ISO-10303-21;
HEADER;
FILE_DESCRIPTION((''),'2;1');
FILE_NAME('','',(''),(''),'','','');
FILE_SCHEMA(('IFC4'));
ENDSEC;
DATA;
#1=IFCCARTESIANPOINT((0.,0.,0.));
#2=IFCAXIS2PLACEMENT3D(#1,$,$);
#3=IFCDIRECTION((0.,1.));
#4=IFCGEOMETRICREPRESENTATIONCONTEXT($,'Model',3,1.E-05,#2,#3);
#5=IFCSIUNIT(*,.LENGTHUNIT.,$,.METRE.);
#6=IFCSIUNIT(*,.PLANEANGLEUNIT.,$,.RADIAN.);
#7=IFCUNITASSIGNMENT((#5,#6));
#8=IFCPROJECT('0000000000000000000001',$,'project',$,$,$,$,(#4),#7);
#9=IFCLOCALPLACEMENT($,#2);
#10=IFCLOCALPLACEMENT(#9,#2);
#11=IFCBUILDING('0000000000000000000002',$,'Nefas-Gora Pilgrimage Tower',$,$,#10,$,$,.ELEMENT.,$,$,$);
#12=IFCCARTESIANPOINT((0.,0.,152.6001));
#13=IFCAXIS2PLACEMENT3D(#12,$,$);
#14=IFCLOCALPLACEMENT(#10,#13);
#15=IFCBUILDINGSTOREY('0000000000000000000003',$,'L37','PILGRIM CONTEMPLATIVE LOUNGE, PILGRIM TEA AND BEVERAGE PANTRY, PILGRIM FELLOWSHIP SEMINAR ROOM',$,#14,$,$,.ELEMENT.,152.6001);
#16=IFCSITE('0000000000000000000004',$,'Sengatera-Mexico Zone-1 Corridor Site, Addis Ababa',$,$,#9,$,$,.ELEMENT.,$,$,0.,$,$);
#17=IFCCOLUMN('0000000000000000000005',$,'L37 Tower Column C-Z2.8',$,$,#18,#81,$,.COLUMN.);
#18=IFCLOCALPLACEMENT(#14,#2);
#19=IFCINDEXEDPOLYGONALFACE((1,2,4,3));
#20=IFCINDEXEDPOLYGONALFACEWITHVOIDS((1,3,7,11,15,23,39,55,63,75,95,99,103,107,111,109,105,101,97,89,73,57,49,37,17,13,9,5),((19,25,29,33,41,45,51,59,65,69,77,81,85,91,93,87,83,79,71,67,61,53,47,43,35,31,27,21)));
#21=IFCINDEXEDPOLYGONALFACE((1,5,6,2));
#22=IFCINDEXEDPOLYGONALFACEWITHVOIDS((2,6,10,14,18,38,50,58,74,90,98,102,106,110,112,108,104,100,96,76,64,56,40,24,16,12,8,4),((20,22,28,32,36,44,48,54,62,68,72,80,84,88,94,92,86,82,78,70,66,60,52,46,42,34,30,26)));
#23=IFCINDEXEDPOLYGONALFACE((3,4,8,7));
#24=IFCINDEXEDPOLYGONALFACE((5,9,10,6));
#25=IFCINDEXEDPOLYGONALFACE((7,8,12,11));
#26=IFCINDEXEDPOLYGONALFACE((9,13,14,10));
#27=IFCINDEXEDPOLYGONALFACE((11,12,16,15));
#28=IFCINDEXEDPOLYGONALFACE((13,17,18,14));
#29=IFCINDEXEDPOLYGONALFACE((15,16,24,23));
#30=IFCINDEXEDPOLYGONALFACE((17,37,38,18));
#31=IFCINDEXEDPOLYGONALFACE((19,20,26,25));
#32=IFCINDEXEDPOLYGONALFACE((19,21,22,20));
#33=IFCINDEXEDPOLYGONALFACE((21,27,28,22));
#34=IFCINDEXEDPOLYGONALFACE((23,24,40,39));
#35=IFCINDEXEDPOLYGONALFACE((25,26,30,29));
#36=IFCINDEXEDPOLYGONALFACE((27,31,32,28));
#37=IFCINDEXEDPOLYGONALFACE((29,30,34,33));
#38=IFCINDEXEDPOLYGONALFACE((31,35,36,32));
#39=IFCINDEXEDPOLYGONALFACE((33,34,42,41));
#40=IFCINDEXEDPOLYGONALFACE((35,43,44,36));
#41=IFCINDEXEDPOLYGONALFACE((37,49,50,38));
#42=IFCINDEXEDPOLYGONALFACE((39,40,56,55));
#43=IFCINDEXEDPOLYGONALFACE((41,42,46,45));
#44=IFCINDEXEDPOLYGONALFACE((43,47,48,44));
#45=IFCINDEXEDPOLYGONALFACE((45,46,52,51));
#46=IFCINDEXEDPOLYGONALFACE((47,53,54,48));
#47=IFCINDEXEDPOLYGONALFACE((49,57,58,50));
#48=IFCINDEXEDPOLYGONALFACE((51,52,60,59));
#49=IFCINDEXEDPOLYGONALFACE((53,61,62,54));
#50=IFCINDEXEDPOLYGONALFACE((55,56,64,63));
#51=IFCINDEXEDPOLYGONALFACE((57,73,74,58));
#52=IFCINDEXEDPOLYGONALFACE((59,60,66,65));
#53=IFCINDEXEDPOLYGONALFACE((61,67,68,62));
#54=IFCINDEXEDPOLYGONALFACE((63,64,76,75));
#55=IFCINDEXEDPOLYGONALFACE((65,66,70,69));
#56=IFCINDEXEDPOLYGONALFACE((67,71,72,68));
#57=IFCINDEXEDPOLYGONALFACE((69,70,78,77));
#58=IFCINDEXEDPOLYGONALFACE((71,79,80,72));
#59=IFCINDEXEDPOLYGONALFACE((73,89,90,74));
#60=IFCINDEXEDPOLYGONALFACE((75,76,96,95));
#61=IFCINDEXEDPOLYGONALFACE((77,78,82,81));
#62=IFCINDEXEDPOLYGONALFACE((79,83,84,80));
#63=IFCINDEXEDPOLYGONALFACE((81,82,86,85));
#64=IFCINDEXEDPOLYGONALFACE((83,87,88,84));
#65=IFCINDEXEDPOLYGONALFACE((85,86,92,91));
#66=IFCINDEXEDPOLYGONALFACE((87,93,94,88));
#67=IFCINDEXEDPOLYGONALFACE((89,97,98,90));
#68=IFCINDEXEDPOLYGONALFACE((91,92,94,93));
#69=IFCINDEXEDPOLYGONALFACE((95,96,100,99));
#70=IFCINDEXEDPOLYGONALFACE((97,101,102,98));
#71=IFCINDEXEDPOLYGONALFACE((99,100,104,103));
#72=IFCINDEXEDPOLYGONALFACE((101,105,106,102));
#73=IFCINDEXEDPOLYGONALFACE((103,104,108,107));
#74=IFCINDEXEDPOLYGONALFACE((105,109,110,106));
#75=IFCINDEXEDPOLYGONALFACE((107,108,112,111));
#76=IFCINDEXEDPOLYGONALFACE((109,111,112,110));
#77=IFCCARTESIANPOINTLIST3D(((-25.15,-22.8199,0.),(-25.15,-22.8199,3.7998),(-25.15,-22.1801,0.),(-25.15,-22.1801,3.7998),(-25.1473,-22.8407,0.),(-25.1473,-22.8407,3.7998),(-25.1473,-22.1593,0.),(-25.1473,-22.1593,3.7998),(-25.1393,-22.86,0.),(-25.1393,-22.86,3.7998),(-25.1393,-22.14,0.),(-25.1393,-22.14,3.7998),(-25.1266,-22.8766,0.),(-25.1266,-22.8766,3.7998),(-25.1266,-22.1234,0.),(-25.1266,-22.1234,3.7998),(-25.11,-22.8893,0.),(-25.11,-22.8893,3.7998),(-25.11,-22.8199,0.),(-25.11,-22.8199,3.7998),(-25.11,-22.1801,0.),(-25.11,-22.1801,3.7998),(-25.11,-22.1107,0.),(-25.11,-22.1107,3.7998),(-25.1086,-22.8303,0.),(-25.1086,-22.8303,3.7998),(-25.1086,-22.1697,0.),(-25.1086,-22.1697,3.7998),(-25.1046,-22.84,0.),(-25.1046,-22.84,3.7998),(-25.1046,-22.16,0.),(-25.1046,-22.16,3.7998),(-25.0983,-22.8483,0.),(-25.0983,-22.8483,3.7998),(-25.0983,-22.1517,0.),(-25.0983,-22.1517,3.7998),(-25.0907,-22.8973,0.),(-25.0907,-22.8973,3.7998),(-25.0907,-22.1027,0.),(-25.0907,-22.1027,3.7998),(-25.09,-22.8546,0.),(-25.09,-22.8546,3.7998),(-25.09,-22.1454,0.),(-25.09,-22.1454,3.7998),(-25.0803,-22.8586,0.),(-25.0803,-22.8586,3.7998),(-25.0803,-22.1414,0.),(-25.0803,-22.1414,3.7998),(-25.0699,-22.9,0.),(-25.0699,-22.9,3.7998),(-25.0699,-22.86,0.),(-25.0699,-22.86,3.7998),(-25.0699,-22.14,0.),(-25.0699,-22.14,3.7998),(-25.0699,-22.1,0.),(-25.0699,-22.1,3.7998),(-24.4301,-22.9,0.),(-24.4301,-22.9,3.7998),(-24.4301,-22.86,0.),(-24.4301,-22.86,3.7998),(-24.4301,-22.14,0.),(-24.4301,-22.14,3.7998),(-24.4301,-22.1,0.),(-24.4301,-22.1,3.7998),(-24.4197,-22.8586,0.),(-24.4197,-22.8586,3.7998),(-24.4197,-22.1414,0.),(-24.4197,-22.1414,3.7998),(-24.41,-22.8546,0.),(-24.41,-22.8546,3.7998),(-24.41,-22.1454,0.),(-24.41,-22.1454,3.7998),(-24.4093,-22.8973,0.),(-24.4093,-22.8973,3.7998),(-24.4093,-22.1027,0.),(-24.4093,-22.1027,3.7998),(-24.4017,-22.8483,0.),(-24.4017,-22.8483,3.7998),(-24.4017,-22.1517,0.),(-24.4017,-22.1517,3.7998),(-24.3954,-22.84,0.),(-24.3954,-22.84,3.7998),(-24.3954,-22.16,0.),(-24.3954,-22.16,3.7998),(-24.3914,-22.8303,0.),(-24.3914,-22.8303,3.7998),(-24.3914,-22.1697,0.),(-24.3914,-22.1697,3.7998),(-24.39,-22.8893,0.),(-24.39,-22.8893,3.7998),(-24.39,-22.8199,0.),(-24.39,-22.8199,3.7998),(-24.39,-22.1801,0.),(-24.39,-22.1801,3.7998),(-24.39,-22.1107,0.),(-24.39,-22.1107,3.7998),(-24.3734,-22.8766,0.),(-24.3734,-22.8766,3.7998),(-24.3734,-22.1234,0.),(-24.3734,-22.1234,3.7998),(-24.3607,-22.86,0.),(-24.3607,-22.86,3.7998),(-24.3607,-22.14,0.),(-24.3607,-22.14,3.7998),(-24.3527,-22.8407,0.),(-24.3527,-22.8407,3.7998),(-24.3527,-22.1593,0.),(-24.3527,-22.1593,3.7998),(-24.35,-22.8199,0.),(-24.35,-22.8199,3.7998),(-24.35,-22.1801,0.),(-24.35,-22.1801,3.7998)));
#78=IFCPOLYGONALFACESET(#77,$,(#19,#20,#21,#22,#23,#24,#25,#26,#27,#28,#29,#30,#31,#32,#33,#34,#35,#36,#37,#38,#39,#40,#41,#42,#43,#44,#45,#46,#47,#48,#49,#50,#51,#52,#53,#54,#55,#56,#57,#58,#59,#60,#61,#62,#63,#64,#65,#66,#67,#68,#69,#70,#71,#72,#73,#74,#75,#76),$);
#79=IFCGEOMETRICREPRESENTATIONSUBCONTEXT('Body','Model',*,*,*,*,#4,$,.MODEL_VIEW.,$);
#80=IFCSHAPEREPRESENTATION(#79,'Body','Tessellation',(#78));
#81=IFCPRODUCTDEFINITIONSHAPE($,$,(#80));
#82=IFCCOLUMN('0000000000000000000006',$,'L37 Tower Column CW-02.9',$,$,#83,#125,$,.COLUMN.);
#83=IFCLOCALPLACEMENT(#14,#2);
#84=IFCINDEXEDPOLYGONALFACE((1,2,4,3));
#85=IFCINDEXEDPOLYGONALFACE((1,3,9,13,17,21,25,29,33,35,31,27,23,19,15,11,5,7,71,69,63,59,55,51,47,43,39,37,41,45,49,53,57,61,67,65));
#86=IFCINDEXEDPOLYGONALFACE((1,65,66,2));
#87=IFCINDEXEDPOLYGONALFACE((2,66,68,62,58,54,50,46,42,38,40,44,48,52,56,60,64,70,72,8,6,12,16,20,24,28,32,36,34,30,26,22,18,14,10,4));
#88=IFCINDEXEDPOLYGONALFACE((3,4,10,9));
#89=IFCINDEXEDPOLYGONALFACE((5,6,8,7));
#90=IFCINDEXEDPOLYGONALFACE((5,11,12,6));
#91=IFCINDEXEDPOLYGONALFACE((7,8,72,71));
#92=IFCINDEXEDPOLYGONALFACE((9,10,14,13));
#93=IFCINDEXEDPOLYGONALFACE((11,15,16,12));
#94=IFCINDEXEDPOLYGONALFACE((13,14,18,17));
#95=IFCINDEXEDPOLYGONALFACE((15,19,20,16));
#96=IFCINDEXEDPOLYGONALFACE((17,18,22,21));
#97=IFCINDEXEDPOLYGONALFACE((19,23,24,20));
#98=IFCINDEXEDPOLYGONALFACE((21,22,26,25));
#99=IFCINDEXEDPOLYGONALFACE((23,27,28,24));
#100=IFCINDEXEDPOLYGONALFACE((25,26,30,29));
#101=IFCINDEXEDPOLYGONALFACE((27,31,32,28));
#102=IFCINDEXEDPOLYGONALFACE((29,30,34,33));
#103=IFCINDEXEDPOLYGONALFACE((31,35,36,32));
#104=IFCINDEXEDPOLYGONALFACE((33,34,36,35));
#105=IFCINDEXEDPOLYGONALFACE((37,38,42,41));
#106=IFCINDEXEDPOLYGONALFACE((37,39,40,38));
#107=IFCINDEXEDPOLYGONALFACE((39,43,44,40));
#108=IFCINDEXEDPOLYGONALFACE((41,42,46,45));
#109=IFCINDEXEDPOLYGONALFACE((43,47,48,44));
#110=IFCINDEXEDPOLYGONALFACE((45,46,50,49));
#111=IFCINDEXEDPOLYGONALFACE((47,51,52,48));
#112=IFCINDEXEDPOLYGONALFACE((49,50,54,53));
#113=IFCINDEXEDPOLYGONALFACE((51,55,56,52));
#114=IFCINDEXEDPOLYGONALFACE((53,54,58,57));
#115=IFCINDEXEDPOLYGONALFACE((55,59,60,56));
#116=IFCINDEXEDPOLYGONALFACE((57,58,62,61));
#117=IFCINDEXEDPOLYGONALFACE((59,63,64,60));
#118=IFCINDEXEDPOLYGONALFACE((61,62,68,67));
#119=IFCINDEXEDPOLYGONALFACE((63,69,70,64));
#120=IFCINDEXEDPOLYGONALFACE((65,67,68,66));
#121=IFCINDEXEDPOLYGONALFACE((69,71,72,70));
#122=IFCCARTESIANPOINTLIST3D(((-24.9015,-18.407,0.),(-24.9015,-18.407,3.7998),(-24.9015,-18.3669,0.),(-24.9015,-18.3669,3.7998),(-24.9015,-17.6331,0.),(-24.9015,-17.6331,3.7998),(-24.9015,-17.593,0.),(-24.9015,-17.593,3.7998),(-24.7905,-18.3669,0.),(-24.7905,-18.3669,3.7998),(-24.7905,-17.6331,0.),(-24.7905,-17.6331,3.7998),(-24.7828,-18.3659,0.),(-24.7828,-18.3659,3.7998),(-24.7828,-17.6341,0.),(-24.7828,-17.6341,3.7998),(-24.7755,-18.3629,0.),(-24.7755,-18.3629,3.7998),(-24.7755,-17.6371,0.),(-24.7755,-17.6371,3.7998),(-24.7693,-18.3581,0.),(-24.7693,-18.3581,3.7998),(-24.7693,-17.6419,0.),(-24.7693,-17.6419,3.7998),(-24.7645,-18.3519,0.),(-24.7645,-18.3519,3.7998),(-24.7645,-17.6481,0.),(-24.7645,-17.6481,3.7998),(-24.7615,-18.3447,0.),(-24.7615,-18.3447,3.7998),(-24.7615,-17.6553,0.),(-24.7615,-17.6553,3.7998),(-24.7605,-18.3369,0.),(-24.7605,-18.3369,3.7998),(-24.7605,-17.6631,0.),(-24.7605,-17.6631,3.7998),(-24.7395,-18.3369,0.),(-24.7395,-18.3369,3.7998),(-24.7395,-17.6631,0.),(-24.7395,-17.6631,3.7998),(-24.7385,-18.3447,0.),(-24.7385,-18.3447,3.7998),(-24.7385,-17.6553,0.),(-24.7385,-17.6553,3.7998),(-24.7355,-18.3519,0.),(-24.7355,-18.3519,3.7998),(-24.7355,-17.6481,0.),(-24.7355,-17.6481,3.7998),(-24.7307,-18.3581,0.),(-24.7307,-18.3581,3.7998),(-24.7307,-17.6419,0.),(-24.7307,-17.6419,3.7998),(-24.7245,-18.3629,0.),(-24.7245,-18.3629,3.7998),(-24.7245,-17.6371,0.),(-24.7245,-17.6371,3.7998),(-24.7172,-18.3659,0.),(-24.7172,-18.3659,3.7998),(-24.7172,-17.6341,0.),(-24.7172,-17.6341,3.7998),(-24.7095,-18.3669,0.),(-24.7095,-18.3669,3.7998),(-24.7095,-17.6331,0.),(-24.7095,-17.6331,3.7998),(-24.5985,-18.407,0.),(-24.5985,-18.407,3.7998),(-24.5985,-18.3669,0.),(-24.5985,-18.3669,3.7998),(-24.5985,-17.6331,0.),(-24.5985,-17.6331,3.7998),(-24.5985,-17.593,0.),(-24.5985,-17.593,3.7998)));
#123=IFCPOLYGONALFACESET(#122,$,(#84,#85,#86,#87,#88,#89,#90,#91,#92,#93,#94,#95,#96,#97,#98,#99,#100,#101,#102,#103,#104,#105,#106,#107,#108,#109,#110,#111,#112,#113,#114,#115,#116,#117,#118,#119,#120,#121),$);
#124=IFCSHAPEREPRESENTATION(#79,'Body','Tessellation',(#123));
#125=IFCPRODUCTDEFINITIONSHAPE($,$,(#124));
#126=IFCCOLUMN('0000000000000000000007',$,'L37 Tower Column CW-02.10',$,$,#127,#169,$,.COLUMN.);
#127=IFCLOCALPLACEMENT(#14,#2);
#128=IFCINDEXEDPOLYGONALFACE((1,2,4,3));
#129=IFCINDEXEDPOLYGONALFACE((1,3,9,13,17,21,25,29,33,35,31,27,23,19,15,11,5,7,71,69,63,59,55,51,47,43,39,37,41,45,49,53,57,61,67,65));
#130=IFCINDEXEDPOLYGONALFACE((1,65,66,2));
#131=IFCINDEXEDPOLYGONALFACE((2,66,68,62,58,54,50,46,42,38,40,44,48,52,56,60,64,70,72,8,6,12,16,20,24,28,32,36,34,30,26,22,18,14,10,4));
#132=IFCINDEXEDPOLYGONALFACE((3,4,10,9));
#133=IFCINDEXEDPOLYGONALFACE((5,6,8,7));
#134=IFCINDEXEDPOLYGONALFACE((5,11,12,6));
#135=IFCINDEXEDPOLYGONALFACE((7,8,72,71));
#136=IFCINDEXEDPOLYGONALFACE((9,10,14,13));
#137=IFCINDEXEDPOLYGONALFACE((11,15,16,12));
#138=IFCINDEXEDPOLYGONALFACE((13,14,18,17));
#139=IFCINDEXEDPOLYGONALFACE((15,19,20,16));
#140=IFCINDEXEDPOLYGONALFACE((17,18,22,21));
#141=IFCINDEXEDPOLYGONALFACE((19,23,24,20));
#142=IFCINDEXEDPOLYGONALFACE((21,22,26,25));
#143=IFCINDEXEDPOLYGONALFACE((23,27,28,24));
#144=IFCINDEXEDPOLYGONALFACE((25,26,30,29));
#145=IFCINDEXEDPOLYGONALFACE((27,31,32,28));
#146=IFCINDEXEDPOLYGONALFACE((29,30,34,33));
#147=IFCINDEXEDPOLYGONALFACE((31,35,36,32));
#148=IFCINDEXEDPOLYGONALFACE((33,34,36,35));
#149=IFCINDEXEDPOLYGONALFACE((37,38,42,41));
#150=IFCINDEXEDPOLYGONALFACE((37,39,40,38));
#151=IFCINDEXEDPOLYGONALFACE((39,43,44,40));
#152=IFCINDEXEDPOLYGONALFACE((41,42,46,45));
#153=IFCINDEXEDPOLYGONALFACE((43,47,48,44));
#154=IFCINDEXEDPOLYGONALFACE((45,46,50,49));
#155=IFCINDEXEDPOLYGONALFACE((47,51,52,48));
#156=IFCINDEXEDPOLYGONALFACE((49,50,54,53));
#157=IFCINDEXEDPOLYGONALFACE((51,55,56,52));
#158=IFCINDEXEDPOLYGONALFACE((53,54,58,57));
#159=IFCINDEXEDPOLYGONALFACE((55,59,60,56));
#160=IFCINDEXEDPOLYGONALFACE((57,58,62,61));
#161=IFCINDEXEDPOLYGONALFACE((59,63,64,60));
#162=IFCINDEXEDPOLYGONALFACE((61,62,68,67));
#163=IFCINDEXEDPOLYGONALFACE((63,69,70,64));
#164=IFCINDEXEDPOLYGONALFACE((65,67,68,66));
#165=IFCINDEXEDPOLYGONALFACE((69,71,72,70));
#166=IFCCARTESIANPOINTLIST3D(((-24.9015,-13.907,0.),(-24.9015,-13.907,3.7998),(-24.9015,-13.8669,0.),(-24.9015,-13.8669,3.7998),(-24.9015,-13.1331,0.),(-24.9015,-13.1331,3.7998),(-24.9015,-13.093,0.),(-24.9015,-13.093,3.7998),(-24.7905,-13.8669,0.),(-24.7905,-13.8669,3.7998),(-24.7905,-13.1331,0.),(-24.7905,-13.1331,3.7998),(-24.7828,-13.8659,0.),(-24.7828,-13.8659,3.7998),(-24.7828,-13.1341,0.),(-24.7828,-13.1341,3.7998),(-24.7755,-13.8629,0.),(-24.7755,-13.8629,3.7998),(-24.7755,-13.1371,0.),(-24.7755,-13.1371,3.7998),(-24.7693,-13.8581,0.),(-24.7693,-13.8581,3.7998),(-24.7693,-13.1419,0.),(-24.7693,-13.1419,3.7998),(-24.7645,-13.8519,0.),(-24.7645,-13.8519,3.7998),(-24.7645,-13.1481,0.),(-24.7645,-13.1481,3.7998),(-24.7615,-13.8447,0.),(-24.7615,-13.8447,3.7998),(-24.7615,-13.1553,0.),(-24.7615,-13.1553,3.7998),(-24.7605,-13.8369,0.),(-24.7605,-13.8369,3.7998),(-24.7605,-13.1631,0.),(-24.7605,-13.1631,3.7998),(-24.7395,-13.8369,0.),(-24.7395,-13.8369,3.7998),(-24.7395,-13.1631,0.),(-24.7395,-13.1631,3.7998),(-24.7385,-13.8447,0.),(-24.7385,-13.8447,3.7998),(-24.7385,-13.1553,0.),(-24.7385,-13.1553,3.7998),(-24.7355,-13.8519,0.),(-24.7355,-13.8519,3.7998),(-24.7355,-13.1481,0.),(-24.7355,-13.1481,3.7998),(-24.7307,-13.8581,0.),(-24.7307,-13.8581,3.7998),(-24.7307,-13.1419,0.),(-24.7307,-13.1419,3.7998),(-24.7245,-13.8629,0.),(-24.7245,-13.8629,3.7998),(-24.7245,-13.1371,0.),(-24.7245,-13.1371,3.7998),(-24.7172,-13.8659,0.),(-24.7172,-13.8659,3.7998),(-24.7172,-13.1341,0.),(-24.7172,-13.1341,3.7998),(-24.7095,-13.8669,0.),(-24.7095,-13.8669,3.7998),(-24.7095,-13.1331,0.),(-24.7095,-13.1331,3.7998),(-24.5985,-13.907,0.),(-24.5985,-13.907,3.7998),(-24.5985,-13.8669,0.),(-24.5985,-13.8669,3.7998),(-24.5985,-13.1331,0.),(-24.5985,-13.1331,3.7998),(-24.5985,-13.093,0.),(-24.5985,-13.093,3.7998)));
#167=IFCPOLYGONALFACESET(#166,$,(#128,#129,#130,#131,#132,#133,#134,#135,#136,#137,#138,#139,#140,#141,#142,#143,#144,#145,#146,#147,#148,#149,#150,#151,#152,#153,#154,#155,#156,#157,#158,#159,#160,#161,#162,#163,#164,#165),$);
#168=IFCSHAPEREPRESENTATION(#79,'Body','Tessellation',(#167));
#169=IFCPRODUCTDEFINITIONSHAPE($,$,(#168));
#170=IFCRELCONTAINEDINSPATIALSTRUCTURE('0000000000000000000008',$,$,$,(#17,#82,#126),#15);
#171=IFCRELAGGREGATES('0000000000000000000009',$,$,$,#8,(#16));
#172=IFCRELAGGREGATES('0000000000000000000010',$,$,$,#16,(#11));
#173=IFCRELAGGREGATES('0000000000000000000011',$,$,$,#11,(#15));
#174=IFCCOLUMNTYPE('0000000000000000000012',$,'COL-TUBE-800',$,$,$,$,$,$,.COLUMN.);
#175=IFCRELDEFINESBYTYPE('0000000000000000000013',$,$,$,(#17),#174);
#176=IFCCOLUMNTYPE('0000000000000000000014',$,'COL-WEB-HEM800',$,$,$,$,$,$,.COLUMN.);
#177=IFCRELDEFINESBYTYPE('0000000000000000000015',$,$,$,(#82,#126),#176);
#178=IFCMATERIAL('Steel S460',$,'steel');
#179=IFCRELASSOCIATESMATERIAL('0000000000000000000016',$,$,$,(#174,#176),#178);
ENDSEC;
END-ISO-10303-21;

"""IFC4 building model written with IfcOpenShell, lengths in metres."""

from ifc_helpers import new_model, si_unit, direction, frame, origin, origin_2d, place, context, subcontext, project, spatial, hollow_rectangle, i_section, extrude, source, transform, mapped, material, material_profile, profile_set, type_object, element, save


model = new_model("IFC4")

# Units and contexts
model_context = context("Model", 3, precision=1e-05, world=origin(), true_north=direction((0.0, 1.0)))
body_context = subcontext(model_context, "Body", "Model", "MODEL_VIEW")
ifc_project = project(units=[si_unit("LENGTHUNIT", "METRE"), si_unit("PLANEANGLEUNIT", "RADIAN")], contexts=[model_context])

# Site, building, storey
site_placement = place(None, origin())
site = spatial("IfcSite", under=ifc_project, at=site_placement, Name="Sengatera-Mexico Zone-1 Corridor Site, Addis Ababa", CompositionType="ELEMENT", RefElevation=0.0)
building_placement = place(site_placement, origin())
building = spatial("IfcBuilding", under=site, at=building_placement, Name="Nefas-Gora Pilgrimage Tower", CompositionType="ELEMENT")
storey_placement = place(building_placement, frame((0.0, 0.0, 152.6001)))
storey = spatial("IfcBuildingStorey", under=building, at=storey_placement, Name="L37", Description="PILGRIM CONTEMPLATIVE LOUNGE, PILGRIM TEA AND BEVERAGE PANTRY, PILGRIM FELLOWSHIP SEMINAR ROOM", CompositionType="ELEMENT", Elevation=152.6001)

# Columns
ifc_material_1 = material(Name="Steel S460", Category="steel")
ifc_material_profile_1 = material_profile(ifc_material_1, hollow_rectangle(XDim=0.8, YDim=0.8, WallThickness=0.04, InnerFilletRadius=0.04, OuterFilletRadius=0.0801, at=origin_2d()), Name="BOX 800x800x40")
ifc_profile_set_1 = profile_set([ifc_material_profile_1], Name="Steel S460")
column_type_1 = type_object("IfcColumnType", Name="COL-TUBE-800", PredefinedType="COLUMN", material=ifc_profile_set_1)
shared_shape_1 = source(origin(), body_context, "Body", "SweptSolid", [
    extrude(hollow_rectangle(XDim=0.8, YDim=0.8, WallThickness=0.04, InnerFilletRadius=0.04, OuterFilletRadius=0.0801, at=origin_2d()), origin(), (0.0, 0.0, 1.0), 3.7998),
])
for number, where, z_axis, x_axis, name in (
    (1, (-24.75, -22.5, 0.0), (0.0, 0.0, 1.0), (1.0, 0.0, 0.0), "L37 Tower Column C-Z2.8"),
):
    element("IfcColumn", number, at=place(storey_placement, frame(where, z_axis=z_axis, x_axis=x_axis)), inside=storey, type_object=column_type_1, Name=name, PredefinedType="COLUMN", context=body_context, shape_type="MappedRepresentation", body=[
        mapped(shared_shape_1, transform((0.0, 0.0, 0.0), x_axis=(1.0, 0.0, 0.0), y_axis=(0.0, 1.0, 0.0), z_axis=(0.0, 0.0, 1.0), scale=1.0)),
    ])
ifc_material_profile_2 = material_profile(ifc_material_1, i_section(OverallWidth=0.303, OverallDepth=0.814, WebThickness=0.021, FlangeThickness=0.04, FilletRadius=0.03, at=origin_2d()), Name="HEM 800")
ifc_profile_set_2 = profile_set([ifc_material_profile_2], Name="Steel S460")
column_type_2 = type_object("IfcColumnType", Name="COL-WEB-HEM800", PredefinedType="COLUMN", material=ifc_profile_set_2)
shared_shape_2 = source(origin(), body_context, "Body", "SweptSolid", [
    extrude(i_section(OverallWidth=0.303, OverallDepth=0.814, WebThickness=0.021, FlangeThickness=0.04, FilletRadius=0.03, at=origin_2d()), origin(), (0.0, 0.0, 1.0), 3.7998),
])
for number, where, z_axis, x_axis, name in (
    (2, (-24.75, -18.0, 0.0), (0.0, 0.0, 1.0), (1.0, 0.0, 0.0), "L37 Tower Column CW-02.9"),
    (3, (-24.75, -13.5, 0.0), (0.0, 0.0, 1.0), (1.0, 0.0, 0.0), "L37 Tower Column CW-02.10"),
):
    element("IfcColumn", number, at=place(storey_placement, frame(where, z_axis=z_axis, x_axis=x_axis)), inside=storey, type_object=column_type_2, Name=name, PredefinedType="COLUMN", context=body_context, shape_type="MappedRepresentation", body=[
        mapped(shared_shape_2, transform((0.0, 0.0, 0.0), x_axis=(1.0, 0.0, 0.0), y_axis=(0.0, 1.0, 0.0), z_axis=(0.0, 0.0, 1.0), scale=1.0)),
    ])

save(model, "model.ifc")
